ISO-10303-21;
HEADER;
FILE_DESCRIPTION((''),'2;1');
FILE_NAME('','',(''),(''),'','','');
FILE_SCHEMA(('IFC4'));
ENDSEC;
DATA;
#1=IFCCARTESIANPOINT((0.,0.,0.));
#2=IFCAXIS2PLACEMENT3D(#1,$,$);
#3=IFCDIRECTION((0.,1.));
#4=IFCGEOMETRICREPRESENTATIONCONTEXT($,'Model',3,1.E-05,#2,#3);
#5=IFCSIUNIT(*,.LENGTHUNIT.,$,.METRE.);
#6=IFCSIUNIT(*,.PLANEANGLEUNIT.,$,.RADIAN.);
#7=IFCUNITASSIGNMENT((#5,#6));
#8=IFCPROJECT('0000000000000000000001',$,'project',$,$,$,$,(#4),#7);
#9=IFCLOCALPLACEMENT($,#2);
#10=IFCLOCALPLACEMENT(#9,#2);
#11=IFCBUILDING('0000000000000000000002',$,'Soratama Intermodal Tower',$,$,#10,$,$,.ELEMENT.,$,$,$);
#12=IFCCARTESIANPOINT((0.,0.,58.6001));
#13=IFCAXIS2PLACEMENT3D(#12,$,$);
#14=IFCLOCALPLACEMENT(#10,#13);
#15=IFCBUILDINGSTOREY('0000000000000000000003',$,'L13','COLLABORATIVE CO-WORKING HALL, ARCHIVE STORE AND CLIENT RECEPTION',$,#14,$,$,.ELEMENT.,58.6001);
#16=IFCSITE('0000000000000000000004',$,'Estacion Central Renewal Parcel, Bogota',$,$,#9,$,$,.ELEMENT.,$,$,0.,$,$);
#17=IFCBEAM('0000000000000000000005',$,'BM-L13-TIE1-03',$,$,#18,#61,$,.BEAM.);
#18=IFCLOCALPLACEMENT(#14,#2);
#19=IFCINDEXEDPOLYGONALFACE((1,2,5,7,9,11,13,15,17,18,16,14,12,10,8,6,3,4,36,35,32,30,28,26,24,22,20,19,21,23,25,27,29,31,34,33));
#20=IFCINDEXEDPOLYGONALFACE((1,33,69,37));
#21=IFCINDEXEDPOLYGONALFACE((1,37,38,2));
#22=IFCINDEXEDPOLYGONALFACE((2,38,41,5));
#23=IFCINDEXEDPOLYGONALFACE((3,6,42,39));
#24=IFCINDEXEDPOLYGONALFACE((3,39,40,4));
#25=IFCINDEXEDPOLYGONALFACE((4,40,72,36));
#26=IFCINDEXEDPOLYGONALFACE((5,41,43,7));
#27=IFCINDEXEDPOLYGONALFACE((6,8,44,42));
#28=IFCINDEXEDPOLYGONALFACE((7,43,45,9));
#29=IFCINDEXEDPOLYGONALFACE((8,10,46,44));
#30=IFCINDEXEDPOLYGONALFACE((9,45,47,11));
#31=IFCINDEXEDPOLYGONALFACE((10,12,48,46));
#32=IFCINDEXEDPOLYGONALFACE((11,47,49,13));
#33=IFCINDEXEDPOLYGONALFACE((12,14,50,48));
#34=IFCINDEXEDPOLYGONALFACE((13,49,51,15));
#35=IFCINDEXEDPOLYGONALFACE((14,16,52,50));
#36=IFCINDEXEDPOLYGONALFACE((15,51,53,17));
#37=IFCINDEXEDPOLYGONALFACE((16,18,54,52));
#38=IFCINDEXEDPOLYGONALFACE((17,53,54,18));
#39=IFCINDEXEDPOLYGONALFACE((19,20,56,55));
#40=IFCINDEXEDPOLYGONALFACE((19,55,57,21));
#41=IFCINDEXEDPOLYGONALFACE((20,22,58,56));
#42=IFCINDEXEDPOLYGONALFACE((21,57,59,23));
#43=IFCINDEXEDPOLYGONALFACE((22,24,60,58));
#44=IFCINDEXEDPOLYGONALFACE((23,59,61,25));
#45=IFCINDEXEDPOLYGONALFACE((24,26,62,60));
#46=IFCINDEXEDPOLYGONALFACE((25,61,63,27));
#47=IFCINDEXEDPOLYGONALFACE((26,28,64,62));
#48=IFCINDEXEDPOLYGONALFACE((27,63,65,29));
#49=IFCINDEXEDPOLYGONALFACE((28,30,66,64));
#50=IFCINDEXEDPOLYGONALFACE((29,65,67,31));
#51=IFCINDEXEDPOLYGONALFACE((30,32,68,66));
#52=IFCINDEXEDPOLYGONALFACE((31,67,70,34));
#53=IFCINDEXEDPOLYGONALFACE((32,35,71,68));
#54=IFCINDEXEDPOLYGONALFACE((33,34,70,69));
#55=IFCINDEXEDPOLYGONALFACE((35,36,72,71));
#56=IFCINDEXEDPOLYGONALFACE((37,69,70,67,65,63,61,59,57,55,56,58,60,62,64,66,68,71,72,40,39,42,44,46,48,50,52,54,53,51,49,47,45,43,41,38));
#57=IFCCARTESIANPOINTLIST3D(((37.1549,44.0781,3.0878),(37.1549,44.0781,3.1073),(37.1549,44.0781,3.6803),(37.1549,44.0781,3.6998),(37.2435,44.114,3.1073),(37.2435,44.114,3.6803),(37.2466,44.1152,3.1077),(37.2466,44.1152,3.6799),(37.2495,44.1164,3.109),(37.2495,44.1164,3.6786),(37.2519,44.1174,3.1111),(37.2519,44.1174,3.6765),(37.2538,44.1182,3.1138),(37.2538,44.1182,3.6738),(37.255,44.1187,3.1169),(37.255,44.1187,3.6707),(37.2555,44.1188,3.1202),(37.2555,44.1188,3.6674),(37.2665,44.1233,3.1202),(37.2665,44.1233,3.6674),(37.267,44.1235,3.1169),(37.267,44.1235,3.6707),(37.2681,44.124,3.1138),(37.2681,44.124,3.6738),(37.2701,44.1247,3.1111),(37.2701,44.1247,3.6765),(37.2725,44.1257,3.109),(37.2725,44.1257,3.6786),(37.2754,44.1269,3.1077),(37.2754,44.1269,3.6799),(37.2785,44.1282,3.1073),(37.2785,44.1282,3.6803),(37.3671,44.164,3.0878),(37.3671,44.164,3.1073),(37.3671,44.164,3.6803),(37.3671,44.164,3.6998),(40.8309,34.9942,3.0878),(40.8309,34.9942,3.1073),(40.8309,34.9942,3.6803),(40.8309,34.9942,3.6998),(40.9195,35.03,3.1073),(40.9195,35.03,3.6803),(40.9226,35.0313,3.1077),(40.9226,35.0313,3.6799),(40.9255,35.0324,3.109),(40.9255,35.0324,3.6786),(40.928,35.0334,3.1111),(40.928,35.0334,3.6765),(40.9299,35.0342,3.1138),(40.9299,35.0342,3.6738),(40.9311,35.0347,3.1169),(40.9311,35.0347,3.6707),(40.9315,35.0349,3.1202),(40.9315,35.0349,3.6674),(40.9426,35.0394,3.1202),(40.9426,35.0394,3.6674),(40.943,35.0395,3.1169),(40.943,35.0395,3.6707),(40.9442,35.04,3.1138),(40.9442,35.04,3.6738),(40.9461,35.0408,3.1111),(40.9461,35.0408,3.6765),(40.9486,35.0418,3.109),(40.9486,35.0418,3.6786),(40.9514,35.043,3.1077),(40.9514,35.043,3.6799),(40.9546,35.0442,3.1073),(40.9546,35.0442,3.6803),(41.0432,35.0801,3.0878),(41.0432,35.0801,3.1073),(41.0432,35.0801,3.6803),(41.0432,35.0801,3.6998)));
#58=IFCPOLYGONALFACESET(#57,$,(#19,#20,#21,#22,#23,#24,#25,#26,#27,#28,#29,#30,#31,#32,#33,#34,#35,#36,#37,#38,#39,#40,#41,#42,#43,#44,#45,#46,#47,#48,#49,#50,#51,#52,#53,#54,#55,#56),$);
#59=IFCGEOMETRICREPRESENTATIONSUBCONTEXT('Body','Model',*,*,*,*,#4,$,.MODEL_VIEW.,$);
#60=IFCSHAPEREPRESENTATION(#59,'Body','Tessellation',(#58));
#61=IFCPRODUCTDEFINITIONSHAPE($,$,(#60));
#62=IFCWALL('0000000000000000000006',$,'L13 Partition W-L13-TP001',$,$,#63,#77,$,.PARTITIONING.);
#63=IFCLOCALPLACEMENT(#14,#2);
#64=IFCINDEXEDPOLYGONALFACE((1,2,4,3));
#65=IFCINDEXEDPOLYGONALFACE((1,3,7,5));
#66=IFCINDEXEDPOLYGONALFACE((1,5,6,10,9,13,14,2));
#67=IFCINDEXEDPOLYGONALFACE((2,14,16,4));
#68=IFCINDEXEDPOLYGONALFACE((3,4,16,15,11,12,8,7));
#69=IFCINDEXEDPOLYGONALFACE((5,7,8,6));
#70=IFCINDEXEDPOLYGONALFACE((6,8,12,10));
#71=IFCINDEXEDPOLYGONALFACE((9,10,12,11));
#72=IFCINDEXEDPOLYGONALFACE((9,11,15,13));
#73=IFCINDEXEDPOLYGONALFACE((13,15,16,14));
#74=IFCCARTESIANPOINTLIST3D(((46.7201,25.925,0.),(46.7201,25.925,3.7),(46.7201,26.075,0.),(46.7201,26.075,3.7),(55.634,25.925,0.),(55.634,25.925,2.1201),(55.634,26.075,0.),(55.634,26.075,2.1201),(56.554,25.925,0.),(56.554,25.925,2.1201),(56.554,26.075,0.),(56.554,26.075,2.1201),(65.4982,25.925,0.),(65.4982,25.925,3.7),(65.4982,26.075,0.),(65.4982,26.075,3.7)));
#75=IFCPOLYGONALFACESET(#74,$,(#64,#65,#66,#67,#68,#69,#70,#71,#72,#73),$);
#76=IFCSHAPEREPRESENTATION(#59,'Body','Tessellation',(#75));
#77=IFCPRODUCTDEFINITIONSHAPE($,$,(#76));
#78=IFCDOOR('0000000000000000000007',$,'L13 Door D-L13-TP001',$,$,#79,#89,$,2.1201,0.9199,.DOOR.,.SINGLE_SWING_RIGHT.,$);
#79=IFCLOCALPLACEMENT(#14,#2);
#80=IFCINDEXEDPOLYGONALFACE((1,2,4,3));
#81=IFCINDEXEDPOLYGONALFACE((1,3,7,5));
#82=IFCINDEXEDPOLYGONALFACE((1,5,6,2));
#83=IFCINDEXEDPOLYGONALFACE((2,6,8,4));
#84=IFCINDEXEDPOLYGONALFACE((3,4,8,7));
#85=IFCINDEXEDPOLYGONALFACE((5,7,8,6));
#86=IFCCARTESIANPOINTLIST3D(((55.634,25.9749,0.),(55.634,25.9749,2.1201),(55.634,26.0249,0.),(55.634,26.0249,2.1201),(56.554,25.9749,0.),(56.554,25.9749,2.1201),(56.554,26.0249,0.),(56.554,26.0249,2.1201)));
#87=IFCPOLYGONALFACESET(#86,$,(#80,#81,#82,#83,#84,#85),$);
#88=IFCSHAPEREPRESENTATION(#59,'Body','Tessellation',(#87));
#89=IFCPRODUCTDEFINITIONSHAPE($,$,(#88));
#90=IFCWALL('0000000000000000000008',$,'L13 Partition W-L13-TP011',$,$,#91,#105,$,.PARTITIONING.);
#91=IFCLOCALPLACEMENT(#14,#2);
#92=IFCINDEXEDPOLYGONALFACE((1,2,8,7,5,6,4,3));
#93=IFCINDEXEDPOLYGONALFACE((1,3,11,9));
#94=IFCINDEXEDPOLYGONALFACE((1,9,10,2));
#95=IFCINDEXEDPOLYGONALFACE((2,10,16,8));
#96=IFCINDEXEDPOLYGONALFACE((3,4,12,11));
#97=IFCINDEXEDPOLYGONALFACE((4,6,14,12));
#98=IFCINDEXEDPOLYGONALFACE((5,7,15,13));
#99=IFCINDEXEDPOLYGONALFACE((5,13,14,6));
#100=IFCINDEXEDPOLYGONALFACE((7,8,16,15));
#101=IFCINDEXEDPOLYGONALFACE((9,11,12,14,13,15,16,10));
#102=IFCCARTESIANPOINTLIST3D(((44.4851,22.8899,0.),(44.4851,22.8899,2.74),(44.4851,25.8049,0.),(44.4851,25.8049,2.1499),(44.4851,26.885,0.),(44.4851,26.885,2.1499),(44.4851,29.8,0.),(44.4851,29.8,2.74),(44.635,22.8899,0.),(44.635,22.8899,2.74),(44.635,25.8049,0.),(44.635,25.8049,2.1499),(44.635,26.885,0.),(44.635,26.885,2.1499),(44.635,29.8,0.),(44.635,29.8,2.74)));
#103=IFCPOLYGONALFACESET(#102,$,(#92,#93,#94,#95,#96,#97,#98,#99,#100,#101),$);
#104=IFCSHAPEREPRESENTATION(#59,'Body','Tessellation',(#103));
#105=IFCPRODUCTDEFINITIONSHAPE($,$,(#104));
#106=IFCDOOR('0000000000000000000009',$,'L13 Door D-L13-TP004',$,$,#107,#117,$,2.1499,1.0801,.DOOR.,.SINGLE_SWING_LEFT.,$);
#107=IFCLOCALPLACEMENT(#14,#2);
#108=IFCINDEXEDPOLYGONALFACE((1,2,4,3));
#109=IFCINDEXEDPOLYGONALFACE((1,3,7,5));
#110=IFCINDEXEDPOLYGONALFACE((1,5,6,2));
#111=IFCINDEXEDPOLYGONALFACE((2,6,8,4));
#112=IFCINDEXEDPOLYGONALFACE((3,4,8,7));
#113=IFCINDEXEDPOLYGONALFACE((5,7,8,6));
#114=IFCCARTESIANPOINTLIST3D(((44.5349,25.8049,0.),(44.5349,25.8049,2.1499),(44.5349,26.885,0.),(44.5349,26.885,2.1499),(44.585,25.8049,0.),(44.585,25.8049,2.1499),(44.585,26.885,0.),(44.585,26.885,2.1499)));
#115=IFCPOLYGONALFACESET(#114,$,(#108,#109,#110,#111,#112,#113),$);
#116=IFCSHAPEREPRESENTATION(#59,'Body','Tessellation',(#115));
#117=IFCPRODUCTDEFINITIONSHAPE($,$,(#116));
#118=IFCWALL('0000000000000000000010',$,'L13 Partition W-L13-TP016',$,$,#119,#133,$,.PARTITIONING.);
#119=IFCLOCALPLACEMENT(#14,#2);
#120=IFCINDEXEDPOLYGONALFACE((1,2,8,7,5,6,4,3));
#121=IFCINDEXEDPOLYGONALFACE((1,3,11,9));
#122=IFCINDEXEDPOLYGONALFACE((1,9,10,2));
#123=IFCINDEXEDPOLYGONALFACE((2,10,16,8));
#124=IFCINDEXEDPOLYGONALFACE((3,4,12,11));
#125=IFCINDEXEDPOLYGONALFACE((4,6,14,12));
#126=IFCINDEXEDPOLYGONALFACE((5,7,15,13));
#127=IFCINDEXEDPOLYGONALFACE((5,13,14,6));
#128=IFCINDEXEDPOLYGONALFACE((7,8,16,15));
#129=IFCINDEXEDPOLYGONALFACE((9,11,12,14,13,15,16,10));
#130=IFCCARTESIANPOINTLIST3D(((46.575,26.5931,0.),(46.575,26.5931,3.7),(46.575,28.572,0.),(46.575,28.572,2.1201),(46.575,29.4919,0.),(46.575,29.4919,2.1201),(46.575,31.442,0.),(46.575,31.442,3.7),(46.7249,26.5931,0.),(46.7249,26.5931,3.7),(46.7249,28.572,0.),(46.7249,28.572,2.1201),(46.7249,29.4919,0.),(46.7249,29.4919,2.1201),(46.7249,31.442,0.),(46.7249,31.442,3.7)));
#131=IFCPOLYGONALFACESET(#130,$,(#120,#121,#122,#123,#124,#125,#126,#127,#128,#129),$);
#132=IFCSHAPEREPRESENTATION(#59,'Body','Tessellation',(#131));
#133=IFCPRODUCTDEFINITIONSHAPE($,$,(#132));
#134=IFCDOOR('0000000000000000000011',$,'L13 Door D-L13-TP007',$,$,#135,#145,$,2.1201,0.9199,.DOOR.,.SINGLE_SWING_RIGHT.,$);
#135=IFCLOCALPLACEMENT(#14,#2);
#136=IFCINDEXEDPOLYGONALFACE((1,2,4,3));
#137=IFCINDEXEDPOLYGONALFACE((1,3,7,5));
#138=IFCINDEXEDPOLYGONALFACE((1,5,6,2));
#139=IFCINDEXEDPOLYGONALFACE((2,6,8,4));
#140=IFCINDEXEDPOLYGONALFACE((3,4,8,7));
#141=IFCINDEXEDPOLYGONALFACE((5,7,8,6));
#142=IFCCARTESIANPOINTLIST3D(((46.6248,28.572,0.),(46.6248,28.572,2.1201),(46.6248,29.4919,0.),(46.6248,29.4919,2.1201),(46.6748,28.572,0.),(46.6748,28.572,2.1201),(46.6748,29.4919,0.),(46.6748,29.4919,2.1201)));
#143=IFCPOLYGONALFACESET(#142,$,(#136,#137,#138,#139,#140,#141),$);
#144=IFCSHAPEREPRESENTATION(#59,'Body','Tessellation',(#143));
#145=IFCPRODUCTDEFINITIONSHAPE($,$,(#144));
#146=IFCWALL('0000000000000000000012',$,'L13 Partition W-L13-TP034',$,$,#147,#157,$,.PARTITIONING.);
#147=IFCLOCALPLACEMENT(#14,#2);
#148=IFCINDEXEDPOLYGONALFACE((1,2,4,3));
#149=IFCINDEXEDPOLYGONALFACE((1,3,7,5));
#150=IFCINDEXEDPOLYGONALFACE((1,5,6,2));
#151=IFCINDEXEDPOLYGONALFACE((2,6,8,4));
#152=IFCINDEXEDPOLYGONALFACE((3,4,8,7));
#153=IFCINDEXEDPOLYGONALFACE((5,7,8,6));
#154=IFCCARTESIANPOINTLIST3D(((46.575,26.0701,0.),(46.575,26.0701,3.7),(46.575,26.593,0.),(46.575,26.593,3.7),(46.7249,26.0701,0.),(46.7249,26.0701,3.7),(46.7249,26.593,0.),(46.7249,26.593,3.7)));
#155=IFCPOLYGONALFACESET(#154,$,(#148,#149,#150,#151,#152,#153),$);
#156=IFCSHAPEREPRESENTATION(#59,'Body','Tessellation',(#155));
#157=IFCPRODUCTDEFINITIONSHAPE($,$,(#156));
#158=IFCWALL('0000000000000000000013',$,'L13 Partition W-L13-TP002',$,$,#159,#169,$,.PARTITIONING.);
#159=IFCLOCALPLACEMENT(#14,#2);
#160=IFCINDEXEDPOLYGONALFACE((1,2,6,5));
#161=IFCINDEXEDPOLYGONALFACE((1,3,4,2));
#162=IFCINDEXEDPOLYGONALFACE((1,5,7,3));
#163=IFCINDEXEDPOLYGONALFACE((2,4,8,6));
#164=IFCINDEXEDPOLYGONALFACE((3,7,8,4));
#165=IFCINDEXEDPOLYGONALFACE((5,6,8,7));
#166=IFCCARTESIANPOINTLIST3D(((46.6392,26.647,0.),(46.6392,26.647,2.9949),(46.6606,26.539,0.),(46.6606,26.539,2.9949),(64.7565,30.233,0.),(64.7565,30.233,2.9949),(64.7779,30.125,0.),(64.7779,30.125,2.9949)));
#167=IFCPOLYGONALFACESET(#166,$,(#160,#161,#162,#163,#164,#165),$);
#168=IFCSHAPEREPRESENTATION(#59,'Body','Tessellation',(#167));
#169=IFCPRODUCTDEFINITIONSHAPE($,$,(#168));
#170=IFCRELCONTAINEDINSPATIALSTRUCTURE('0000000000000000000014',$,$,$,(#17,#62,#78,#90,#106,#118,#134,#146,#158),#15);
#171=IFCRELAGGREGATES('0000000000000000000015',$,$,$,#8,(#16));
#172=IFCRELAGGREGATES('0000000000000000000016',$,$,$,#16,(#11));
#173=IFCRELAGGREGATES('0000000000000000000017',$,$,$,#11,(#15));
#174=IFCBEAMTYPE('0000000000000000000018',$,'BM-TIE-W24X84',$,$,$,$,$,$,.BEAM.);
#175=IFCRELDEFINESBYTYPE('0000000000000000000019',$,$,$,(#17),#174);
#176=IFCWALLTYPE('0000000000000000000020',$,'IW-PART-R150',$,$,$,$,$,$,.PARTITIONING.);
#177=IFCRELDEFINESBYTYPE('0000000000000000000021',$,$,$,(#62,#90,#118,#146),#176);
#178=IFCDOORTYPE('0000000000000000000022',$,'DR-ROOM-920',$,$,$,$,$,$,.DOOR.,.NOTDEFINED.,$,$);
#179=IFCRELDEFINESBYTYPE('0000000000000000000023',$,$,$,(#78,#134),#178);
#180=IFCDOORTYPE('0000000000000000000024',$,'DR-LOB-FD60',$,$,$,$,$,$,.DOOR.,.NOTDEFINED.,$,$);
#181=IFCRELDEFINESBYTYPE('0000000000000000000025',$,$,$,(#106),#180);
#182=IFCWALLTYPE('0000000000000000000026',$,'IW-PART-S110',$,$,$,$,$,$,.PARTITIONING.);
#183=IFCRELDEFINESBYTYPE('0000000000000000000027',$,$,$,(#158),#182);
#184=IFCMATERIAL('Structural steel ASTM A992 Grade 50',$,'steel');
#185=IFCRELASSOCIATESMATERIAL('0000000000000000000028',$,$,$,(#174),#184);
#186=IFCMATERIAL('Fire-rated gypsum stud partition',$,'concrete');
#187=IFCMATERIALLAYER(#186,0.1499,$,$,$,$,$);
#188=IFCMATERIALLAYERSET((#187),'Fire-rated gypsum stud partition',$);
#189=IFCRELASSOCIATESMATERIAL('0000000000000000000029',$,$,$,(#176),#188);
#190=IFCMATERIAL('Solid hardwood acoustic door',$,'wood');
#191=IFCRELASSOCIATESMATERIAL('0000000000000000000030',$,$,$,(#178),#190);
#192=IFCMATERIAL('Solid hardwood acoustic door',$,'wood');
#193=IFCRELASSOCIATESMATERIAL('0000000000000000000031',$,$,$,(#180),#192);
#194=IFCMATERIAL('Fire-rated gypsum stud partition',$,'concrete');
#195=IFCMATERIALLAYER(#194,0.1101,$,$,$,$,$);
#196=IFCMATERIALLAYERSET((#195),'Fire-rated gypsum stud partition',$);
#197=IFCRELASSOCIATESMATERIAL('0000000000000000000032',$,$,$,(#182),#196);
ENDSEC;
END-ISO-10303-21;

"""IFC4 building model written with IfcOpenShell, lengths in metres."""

from ifc_helpers import new_model, si_unit, direction, frame, frame_2d, origin, origin_2d, place, context, subcontext, project, spatial, rectangle, i_section, extrude, material, layer, layer_set, material_profile, profile_set, type_object, element, fill, save


model = new_model("IFC4")

# Units and contexts
model_context = context("Model", 3, precision=1e-05, world=origin(), true_north=direction((0.0, 1.0)))
body_context = subcontext(model_context, "Body", "Model", "MODEL_VIEW")
ifc_project = project(units=[si_unit("LENGTHUNIT", "METRE"), si_unit("PLANEANGLEUNIT", "RADIAN")], contexts=[model_context])

# Site, building, storey
site_placement = place(None, origin())
site = spatial("IfcSite", under=ifc_project, at=site_placement, Name="Estacion Central Renewal Parcel, Bogota", CompositionType="ELEMENT", RefElevation=0.0)
building_placement = place(site_placement, origin())
building = spatial("IfcBuilding", under=site, at=building_placement, Name="Soratama Intermodal Tower", CompositionType="ELEMENT")
storey_placement = place(building_placement, frame((0.0, 0.0, 58.6001)))
storey = spatial("IfcBuildingStorey", under=building, at=storey_placement, Name="L13", Description="COLLABORATIVE CO-WORKING HALL, ARCHIVE STORE AND CLIENT RECEPTION", CompositionType="ELEMENT", Elevation=58.6001)

# Beam
ifc_material_1 = material(Name="Structural steel ASTM A992 Grade 50", Category="steel")
ifc_material_profile_1 = material_profile(ifc_material_1, i_section(OverallWidth=0.229, OverallDepth=0.6121, WebThickness=0.012, FlangeThickness=0.0195, FilletRadius=0.0129, at=origin_2d()), Name="W24X84")
ifc_profile_set_1 = profile_set([ifc_material_profile_1], Name="Structural steel ASTM A992 Grade 50")
beam_type_1 = type_object("IfcBeamType", Name="BM-TIE-W24X84", PredefinedType="BEAM", material=ifc_profile_set_1)
beam_1_placement = place(storey_placement, frame((40.937, 35.0371, 3.3938), z_axis=(-0.37512, 0.926976, 0.0), x_axis=(-0.926976, -0.37512, 0.0)))
element("IfcBeam", 1, at=beam_1_placement, inside=storey, type_object=beam_type_1, Name="BM-L13-TIE1-03", PredefinedType="BEAM", context=body_context, shape_type="SweptSolid", body=[
    extrude(i_section(OverallWidth=0.229, OverallDepth=0.6121, WebThickness=0.012, FlangeThickness=0.0195, FilletRadius=0.0129, at=origin_2d()), origin(), (0.0, 0.0, 1.0), 9.7996),
])

# Walls, openings, doors
ifc_material_2 = material(Name="Fire-rated gypsum stud partition", Category="concrete")
ifc_layer_1 = layer(ifc_material_2, 0.1499)
ifc_layer_set_1 = layer_set([ifc_layer_1], Name="Fire-rated gypsum stud partition")
wall_type_1 = type_object("IfcWallType", Name="IW-PART-R150", PredefinedType="PARTITIONING", material=ifc_layer_set_1)
wall_1_placement = place(storey_placement, frame((46.72, 26.0, 0.0), z_axis=(0.0, 0.0, 1.0), x_axis=(1.0, 0.0, 0.0)))
wall_1 = element("IfcWall", 2, at=wall_1_placement, inside=storey, type_object=wall_type_1, Name="L13 Partition W-L13-TP001", PredefinedType="PARTITIONING", context=body_context, shape_type="SweptSolid", body=[
    extrude(rectangle(XDim=18.7781, YDim=0.1499, at=frame_2d((9.3892, 0.0))), origin(), (0.0, 0.0, 1.0), 3.7),
])
opening_1_placement = place(wall_1_placement, frame((8.9141, 0.0, 0.0)))
opening_1 = element("IfcOpeningElement", 3, at=opening_1_placement, cuts=wall_1, PredefinedType="OPENING", context=body_context, shape_type="SweptSolid", body=[
    extrude(rectangle(XDim=0.9199, YDim=2.1201, at=frame_2d((0.46, 1.0601))), frame((0.0, 0.085, 0.0), z_axis=(0.0, -1.0, 0.0), x_axis=(1.0, 0.0, 0.0)), (0.0, 0.0, 1.0), 0.1699),
])
ifc_material_3 = material(Name="Solid hardwood acoustic door", Category="wood")
door_type_1 = type_object("IfcDoorType", Name="DR-ROOM-920", OperationType="NOTDEFINED", PredefinedType="DOOR", material=ifc_material_3)
door_1_placement = place(opening_1_placement, origin())
door_1 = element("IfcDoor", 4, at=door_1_placement, inside=storey, type_object=door_type_1, Name="L13 Door D-L13-TP001", OperationType="SINGLE_SWING_RIGHT", OverallHeight=2.1201, OverallWidth=0.9199, PredefinedType="DOOR", context=body_context, shape_type="SweptSolid", body=[
    extrude(rectangle(XDim=0.9199, YDim=2.1201, at=frame_2d((0.46, 1.0601))), frame((0.0, 0.0249, 0.0), z_axis=(0.0, -1.0, 0.0), x_axis=(1.0, 0.0, 0.0)), (0.0, 0.0, 1.0), 0.05),
])
fill(opening_1, door_1)
wall_2_placement = place(storey_placement, frame((44.5601, 29.8, 0.0), z_axis=(0.0, 0.0, 1.0), x_axis=(0.0, -1.0, 0.0)))
wall_2 = element("IfcWall", 5, at=wall_2_placement, inside=storey, type_object=wall_type_1, Name="L13 Partition W-L13-TP011", PredefinedType="PARTITIONING", context=body_context, shape_type="SweptSolid", body=[
    extrude(rectangle(XDim=6.9102, YDim=0.1499, at=frame_2d((3.4551, 0.0))), origin(), (0.0, 0.0, 1.0), 2.74),
])
opening_2_placement = place(wall_2_placement, frame((2.915, 0.0, 0.0)))
opening_2 = element("IfcOpeningElement", 6, at=opening_2_placement, cuts=wall_2, PredefinedType="OPENING", context=body_context, shape_type="SweptSolid", body=[
    extrude(rectangle(XDim=1.0801, YDim=2.1499, at=frame_2d((0.54, 1.075))), frame((0.0, 0.085, 0.0), z_axis=(0.0, -1.0, 0.0), x_axis=(1.0, 0.0, 0.0)), (0.0, 0.0, 1.0), 0.1699),
])
ifc_material_4 = material(Name="Solid hardwood acoustic door", Category="wood")
door_type_2 = type_object("IfcDoorType", Name="DR-LOB-FD60", OperationType="NOTDEFINED", PredefinedType="DOOR", material=ifc_material_4)
door_2_placement = place(opening_2_placement, origin())
door_2 = element("IfcDoor", 7, at=door_2_placement, inside=storey, type_object=door_type_2, Name="L13 Door D-L13-TP004", OperationType="SINGLE_SWING_LEFT", OverallHeight=2.1499, OverallWidth=1.0801, PredefinedType="DOOR", context=body_context, shape_type="SweptSolid", body=[
    extrude(rectangle(XDim=1.0801, YDim=2.1499, at=frame_2d((0.54, 1.075))), frame((0.0, 0.0249, 0.0), z_axis=(0.0, -1.0, 0.0), x_axis=(1.0, 0.0, 0.0)), (0.0, 0.0, 1.0), 0.05),
])
fill(opening_2, door_2)
wall_3_placement = place(storey_placement, frame((46.6499, 31.4419, 0.0), z_axis=(0.0, 0.0, 1.0), x_axis=(0.0, -1.0, 0.0)))
wall_3 = element("IfcWall", 8, at=wall_3_placement, inside=storey, type_object=wall_type_1, Name="L13 Partition W-L13-TP016", PredefinedType="PARTITIONING", context=body_context, shape_type="SweptSolid", body=[
    extrude(rectangle(XDim=4.8489, YDim=0.1499, at=frame_2d((2.4243, 0.0))), origin(), (0.0, 0.0, 1.0), 3.7),
])
opening_3_placement = place(wall_3_placement, frame((1.95, 0.0, 0.0)))
opening_3 = element("IfcOpeningElement", 9, at=opening_3_placement, cuts=wall_3, PredefinedType="OPENING", context=body_context, shape_type="SweptSolid", body=[
    extrude(rectangle(XDim=0.9199, YDim=2.1201, at=frame_2d((0.46, 1.0601))), frame((0.0, 0.085, 0.0), z_axis=(0.0, -1.0, 0.0), x_axis=(1.0, 0.0, 0.0)), (0.0, 0.0, 1.0), 0.1699),
])
door_3_placement = place(opening_3_placement, origin())
door_3 = element("IfcDoor", 10, at=door_3_placement, inside=storey, type_object=door_type_1, Name="L13 Door D-L13-TP007", OperationType="SINGLE_SWING_RIGHT", OverallHeight=2.1201, OverallWidth=0.9199, PredefinedType="DOOR", context=body_context, shape_type="SweptSolid", body=[
    extrude(rectangle(XDim=0.9199, YDim=2.1201, at=frame_2d((0.46, 1.0601))), frame((0.0, 0.0249, 0.0), z_axis=(0.0, -1.0, 0.0), x_axis=(1.0, 0.0, 0.0)), (0.0, 0.0, 1.0), 0.05),
])
fill(opening_3, door_3)

# Walls
wall_4_placement = place(storey_placement, frame((46.6499, 26.593, 0.0), z_axis=(0.0, 0.0, 1.0), x_axis=(0.0, -1.0, 0.0)))
element("IfcWall", 11, at=wall_4_placement, inside=storey, type_object=wall_type_1, Name="L13 Partition W-L13-TP034", PredefinedType="PARTITIONING", context=body_context, shape_type="SweptSolid", body=[
    extrude(rectangle(XDim=0.5229, YDim=0.1499, at=frame_2d((0.2615, 0.0))), origin(), (0.0, 0.0, 1.0), 3.7),
])
ifc_material_5 = material(Name="Fire-rated gypsum stud partition", Category="concrete")
ifc_layer_2 = layer(ifc_material_5, 0.1101)
ifc_layer_set_2 = layer_set([ifc_layer_2], Name="Fire-rated gypsum stud partition")
wall_type_2 = type_object("IfcWallType", Name="IW-PART-S110", PredefinedType="PARTITIONING", material=ifc_layer_set_2)
wall_5_placement = place(storey_placement, frame((46.6499, 26.593, 0.0), z_axis=(0.0, 0.0, 1.0), x_axis=(0.980969, 0.194163, 0.0)))
element("IfcWall", 12, at=wall_5_placement, inside=storey, type_object=wall_type_2, Name="L13 Partition W-L13-TP002", PredefinedType="PARTITIONING", context=body_context, shape_type="SweptSolid", body=[
    extrude(rectangle(XDim=18.4688, YDim=0.1101, at=frame_2d((9.2344, 0.0))), origin(), (0.0, 0.0, 1.0), 2.9949),
])

save(model, "model.ifc")
